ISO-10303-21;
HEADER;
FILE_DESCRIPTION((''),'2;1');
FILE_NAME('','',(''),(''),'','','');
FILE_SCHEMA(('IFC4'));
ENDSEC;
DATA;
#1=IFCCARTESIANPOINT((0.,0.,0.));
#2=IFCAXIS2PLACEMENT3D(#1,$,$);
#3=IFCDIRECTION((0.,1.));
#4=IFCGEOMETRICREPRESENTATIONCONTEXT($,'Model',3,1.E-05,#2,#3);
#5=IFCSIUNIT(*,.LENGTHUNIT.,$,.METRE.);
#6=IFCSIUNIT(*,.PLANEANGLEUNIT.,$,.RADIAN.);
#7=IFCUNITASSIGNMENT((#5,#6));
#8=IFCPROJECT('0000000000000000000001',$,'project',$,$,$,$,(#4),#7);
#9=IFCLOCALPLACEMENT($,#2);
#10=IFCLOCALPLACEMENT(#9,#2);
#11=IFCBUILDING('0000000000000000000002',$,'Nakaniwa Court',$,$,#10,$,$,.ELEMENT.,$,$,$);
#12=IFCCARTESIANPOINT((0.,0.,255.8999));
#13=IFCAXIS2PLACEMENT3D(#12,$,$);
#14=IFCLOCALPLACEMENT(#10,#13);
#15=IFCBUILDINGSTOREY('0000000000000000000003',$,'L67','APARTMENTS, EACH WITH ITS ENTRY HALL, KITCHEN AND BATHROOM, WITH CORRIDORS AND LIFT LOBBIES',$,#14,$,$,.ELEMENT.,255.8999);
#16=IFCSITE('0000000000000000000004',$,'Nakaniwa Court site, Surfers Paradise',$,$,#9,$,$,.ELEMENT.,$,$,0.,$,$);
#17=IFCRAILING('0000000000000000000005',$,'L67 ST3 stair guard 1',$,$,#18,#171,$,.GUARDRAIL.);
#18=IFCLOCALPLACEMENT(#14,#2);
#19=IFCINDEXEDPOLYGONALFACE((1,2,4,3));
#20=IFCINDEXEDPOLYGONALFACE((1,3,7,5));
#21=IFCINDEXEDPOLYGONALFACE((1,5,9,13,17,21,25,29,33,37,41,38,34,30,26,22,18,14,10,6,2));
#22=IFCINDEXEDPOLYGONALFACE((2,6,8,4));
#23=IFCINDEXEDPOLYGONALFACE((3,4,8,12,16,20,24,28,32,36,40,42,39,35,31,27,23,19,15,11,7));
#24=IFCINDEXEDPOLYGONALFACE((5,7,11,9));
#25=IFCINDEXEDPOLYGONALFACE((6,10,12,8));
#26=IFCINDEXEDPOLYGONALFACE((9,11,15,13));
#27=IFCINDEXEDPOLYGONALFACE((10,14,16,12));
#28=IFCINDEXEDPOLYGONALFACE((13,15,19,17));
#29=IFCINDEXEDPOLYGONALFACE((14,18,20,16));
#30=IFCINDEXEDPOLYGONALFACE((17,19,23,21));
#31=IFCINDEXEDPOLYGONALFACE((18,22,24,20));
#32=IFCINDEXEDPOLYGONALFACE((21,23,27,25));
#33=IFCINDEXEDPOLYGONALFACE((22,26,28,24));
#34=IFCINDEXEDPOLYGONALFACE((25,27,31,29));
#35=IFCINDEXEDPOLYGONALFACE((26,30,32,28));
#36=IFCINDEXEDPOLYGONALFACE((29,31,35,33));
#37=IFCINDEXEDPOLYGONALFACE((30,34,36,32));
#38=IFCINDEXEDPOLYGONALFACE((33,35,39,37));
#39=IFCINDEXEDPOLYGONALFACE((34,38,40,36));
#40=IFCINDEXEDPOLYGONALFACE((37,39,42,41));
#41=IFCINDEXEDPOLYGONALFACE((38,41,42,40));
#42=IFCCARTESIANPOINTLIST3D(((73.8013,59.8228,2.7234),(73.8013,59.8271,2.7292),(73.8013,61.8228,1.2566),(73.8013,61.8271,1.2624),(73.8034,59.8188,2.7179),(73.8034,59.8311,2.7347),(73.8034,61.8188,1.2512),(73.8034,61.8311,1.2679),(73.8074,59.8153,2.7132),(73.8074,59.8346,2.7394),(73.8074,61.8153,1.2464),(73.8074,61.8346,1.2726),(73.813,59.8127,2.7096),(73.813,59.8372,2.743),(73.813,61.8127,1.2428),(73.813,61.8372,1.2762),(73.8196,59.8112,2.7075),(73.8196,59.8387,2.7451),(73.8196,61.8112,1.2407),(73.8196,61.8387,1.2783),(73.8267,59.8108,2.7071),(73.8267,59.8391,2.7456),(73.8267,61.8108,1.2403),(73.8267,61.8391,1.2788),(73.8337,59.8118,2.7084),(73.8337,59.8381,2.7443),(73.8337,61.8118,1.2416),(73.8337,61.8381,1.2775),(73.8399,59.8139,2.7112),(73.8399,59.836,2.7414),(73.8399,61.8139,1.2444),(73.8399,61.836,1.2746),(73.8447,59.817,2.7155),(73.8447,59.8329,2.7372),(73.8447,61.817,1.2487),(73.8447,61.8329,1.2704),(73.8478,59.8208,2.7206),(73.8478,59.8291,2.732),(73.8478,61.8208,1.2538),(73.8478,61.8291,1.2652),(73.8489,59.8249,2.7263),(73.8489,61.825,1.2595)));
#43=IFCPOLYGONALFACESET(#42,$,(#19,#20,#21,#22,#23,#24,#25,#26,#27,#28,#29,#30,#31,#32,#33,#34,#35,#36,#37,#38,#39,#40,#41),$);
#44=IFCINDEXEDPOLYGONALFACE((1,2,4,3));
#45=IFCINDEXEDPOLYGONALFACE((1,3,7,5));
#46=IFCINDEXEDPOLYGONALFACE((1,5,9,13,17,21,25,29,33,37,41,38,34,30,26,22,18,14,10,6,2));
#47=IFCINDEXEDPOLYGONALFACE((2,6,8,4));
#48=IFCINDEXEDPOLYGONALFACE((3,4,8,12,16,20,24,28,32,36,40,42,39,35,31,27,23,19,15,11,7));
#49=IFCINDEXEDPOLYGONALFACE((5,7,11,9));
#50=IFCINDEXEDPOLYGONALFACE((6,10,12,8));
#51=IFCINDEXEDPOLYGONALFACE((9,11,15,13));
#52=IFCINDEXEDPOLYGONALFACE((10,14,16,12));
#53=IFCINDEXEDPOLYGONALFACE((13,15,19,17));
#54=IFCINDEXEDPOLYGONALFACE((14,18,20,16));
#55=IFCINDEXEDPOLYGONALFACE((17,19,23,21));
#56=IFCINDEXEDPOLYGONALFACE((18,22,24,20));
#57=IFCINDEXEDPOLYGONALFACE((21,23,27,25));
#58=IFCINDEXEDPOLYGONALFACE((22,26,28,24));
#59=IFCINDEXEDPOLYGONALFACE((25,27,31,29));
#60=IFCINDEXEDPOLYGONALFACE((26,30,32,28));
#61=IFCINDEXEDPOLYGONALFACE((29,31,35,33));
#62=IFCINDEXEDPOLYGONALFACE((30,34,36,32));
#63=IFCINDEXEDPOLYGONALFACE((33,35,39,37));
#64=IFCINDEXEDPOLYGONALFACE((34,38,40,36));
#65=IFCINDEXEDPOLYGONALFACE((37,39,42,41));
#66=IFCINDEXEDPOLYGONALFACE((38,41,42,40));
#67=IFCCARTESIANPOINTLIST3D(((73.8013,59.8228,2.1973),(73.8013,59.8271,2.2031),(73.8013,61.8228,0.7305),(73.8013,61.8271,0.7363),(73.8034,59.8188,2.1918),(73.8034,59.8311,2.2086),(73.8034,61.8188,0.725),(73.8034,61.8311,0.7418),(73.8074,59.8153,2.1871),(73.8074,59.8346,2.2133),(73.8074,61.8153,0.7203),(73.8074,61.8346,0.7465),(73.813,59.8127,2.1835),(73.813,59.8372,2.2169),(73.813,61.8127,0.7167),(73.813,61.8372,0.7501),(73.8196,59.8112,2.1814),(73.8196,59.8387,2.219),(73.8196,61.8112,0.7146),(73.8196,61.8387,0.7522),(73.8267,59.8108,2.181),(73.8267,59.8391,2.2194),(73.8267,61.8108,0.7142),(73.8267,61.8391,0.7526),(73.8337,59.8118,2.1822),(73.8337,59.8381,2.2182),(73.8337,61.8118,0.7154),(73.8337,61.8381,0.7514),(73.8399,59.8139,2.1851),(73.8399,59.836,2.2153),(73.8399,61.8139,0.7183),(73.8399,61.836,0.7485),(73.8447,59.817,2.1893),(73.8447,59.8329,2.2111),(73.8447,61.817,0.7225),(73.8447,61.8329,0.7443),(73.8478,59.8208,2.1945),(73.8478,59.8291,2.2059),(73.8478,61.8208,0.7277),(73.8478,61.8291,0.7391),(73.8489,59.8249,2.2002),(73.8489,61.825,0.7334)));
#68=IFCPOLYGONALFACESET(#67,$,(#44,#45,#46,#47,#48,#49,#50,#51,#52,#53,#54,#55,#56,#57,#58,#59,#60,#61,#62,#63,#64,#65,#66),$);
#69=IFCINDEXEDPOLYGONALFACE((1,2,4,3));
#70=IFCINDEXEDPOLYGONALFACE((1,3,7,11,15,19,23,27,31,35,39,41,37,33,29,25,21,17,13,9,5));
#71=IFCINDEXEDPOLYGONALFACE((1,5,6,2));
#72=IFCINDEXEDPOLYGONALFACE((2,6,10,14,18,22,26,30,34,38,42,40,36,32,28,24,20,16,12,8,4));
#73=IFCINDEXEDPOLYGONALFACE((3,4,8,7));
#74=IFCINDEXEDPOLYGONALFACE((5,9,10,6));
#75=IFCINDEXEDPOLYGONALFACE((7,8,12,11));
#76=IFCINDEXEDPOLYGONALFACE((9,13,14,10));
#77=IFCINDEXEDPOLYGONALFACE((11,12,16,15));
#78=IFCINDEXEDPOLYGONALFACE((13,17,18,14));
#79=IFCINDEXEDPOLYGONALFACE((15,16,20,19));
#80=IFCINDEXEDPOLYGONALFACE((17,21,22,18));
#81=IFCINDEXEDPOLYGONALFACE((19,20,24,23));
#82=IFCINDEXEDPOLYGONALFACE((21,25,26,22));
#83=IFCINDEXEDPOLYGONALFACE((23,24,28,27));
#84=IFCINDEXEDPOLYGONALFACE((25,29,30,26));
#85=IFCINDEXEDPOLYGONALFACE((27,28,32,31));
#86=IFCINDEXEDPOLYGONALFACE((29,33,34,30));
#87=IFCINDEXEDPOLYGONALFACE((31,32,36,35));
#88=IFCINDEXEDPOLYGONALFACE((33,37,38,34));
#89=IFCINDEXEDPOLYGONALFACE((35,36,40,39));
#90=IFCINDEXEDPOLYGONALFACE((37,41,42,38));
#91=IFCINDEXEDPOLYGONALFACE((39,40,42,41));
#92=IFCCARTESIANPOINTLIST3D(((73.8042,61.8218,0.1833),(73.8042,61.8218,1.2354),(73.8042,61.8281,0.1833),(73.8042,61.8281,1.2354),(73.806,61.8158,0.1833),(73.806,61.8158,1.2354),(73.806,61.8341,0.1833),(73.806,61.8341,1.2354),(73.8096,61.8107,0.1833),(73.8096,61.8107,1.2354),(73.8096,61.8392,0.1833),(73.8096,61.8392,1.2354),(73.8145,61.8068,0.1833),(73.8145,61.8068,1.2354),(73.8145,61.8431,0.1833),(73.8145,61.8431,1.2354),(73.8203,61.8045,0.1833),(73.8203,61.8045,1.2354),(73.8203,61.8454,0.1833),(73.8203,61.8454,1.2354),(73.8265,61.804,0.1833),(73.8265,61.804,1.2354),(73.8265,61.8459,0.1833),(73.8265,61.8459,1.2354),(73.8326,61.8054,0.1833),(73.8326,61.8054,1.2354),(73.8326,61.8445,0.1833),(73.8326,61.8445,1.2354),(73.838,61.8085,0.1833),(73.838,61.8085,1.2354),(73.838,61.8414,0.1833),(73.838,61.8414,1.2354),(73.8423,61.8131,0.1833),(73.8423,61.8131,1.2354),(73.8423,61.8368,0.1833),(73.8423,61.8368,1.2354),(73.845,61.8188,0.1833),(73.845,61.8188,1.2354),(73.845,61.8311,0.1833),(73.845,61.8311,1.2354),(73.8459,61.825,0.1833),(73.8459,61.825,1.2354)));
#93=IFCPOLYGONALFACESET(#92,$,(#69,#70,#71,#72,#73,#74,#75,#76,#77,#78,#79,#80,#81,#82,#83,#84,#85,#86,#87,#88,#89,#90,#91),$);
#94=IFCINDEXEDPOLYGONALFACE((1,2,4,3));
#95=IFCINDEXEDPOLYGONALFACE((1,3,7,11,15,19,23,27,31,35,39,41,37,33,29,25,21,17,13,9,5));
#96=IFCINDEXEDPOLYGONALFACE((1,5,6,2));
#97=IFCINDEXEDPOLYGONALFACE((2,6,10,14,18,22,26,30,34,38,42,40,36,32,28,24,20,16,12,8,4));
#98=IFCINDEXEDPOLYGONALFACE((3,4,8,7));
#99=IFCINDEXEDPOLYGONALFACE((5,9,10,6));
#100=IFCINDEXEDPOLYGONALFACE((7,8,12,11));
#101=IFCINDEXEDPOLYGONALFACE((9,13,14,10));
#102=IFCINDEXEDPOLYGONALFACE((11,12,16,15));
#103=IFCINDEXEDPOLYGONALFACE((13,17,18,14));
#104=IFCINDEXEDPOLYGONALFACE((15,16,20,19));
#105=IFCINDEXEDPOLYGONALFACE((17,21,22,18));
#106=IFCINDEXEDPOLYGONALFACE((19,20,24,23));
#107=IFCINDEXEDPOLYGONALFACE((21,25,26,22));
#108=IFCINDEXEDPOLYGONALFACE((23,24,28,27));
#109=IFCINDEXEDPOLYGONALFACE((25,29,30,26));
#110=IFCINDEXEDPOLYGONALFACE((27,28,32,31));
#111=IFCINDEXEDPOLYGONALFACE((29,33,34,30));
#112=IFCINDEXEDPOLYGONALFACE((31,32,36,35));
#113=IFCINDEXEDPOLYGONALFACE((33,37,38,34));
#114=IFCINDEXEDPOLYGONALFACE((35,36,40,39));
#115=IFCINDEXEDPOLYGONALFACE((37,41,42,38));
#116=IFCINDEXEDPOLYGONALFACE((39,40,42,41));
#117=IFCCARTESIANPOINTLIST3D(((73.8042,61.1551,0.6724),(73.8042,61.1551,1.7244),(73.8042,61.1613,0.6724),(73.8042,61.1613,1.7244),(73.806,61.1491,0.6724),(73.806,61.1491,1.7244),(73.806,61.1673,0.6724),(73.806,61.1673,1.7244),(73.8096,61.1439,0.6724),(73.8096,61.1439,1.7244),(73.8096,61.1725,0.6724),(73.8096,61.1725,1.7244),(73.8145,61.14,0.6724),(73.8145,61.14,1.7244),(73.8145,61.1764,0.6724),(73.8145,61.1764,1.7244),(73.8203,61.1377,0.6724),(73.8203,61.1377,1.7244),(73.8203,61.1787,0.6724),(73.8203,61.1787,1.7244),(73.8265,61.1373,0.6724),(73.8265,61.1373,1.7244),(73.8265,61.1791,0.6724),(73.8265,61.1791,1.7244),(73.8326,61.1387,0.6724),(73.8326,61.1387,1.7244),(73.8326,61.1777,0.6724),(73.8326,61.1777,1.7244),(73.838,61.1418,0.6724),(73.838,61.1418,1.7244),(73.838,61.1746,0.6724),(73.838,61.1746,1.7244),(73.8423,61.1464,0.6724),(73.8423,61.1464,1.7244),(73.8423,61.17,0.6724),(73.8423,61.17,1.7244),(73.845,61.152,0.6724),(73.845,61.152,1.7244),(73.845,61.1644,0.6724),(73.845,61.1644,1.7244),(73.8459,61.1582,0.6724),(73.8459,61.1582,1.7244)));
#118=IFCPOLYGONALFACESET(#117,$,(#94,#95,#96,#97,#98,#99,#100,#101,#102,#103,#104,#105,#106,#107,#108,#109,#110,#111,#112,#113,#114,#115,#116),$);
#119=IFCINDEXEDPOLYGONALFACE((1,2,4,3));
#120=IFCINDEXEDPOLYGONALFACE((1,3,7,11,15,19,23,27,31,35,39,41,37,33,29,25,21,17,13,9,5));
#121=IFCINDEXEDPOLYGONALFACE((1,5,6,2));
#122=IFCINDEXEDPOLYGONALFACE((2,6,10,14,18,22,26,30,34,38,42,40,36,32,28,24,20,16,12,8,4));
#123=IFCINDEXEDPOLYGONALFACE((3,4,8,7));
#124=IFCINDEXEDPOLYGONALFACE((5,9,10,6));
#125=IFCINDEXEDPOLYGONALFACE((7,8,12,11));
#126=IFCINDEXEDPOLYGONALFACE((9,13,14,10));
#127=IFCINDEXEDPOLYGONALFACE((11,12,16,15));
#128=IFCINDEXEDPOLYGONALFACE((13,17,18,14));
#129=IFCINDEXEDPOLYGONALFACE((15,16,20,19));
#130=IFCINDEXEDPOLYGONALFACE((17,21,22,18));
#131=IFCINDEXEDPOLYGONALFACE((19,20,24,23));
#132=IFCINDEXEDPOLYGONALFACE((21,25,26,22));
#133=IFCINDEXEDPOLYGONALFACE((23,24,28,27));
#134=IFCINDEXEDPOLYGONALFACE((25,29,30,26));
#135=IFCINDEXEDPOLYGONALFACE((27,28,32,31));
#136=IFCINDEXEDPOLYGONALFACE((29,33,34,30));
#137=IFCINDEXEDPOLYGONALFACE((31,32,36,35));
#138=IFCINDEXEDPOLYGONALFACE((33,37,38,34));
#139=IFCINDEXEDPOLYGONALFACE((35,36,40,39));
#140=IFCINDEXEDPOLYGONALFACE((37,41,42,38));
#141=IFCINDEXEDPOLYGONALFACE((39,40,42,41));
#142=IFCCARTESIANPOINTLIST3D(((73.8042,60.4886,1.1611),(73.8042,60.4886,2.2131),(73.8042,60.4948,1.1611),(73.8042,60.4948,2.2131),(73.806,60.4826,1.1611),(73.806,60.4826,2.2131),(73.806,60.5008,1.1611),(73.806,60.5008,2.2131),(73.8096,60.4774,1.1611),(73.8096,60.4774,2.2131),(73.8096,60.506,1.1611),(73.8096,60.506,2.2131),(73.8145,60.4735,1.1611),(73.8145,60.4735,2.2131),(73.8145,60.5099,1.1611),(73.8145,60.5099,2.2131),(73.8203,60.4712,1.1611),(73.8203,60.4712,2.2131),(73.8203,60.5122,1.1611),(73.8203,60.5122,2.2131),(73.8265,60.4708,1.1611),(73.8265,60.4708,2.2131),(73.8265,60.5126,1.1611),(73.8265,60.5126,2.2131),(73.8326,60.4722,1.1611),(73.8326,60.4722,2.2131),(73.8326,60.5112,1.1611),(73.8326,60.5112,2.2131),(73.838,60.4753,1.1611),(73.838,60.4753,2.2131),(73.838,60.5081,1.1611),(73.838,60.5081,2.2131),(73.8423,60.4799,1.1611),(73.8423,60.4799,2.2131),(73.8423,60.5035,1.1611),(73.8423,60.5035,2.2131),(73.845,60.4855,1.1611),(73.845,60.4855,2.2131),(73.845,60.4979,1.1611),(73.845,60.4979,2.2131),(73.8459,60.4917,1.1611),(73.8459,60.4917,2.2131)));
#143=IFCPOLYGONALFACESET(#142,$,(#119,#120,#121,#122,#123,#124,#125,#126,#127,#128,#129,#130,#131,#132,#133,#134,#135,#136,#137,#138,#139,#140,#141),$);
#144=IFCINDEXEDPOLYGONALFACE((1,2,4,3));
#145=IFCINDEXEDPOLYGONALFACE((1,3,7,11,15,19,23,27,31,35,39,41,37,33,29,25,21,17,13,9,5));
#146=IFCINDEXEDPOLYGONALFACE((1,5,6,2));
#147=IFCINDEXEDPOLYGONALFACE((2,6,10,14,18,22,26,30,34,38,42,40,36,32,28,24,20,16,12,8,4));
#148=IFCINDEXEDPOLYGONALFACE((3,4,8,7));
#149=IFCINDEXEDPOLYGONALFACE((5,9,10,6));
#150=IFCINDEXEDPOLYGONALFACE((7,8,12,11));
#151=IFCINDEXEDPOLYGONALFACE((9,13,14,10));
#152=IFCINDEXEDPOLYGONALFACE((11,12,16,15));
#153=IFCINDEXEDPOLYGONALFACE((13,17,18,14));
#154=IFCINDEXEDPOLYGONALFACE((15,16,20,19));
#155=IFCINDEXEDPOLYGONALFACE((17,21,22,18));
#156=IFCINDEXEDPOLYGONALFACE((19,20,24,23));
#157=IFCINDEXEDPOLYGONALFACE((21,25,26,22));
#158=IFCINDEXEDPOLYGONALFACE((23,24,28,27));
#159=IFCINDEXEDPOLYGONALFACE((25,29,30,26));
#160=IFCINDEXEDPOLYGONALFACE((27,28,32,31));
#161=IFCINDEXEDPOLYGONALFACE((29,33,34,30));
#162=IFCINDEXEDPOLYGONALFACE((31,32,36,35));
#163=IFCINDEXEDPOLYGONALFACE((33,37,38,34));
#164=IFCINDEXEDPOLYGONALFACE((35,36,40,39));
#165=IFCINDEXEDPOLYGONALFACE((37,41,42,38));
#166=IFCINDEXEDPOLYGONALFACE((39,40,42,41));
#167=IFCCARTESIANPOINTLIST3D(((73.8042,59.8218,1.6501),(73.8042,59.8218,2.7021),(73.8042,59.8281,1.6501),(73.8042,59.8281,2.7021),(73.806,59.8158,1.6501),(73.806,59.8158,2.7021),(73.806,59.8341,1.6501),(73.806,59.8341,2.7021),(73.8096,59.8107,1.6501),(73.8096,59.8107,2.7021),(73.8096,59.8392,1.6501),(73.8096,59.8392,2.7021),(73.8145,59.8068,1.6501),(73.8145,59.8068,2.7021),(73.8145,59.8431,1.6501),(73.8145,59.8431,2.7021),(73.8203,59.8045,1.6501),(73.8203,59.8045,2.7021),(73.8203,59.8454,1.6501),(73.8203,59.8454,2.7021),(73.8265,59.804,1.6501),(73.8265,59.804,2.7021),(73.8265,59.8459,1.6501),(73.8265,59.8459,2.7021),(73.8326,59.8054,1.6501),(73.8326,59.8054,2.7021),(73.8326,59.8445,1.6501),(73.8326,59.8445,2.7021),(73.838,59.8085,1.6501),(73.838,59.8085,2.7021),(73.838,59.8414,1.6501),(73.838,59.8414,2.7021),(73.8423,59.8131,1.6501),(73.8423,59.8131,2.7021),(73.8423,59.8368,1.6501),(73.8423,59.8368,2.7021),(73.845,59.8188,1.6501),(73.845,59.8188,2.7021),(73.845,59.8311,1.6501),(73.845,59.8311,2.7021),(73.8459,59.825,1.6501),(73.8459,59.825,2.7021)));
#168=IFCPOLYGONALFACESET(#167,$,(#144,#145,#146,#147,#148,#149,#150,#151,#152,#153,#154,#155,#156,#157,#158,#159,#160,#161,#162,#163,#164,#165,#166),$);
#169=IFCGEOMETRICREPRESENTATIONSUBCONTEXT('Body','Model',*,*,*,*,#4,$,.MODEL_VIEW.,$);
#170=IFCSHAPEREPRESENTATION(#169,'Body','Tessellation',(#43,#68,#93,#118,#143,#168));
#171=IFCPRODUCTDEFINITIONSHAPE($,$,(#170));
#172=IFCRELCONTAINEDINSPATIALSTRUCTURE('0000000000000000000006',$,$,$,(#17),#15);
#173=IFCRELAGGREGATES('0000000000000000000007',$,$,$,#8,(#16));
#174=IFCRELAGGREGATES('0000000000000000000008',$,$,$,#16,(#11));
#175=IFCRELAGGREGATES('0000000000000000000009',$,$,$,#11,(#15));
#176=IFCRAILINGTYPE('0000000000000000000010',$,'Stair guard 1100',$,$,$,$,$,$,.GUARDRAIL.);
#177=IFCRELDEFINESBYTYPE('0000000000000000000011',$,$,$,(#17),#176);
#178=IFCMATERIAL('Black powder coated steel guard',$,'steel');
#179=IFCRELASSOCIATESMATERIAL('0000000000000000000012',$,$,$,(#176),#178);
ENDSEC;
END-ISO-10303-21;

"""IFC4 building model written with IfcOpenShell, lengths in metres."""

from ifc_helpers import new_model, si_unit, direction, frame, origin, origin_2d, place, context, subcontext, project, spatial, circle, extrude, material, type_object, element, save


model = new_model("IFC4")

# Units and contexts
model_context = context("Model", 3, precision=1e-05, world=origin(), true_north=direction((0.0, 1.0)))
body_context = subcontext(model_context, "Body", "Model", "MODEL_VIEW")
ifc_project = project(units=[si_unit("LENGTHUNIT", "METRE"), si_unit("PLANEANGLEUNIT", "RADIAN")], contexts=[model_context])

# Site, building, storey
site_placement = place(None, origin())
site = spatial("IfcSite", under=ifc_project, at=site_placement, Name="Nakaniwa Court site, Surfers Paradise", CompositionType="ELEMENT", RefElevation=0.0)
building_placement = place(site_placement, origin())
building = spatial("IfcBuilding", under=site, at=building_placement, Name="Nakaniwa Court", CompositionType="ELEMENT")
storey_placement = place(building_placement, frame((0.0, 0.0, 255.8999)))
storey = spatial("IfcBuildingStorey", under=building, at=storey_placement, Name="L67", Description="APARTMENTS, EACH WITH ITS ENTRY HALL, KITCHEN AND BATHROOM, WITH CORRIDORS AND LIFT LOBBIES", CompositionType="ELEMENT", Elevation=255.8999)

# Railing
ifc_material_1 = material(Name="Black powder coated steel guard", Category="steel")
railing_type_1 = type_object("IfcRailingType", Name="Stair guard 1100", PredefinedType="GUARDRAIL", material=ifc_material_1)
railing_1_placement = place(storey_placement, frame((73.825, 61.825, 0.1833)))
element("IfcRailing", 1, at=railing_1_placement, inside=storey, type_object=railing_type_1, Name="L67 ST3 stair guard 1", PredefinedType="GUARDRAIL", context=body_context, shape_type="SweptSolid", body=[
    extrude(circle(Radius=0.0239, at=origin_2d()), frame((0.0, 0.0, 1.0762), z_axis=(0.0, -0.80638, 0.591398), x_axis=(1.0, 0.0, 0.0)), (0.0, 0.0, 1.0), 2.4802),
    extrude(circle(Radius=0.0239, at=origin_2d()), frame((0.0, 0.0, 0.55), z_axis=(0.0, -0.80638, 0.591398), x_axis=(1.0, 0.0, 0.0)), (0.0, 0.0, 1.0), 2.4802),
    extrude(circle(Radius=0.021, at=origin_2d()), origin(), (0.0, 0.0, 1.0), 1.052),
    extrude(circle(Radius=0.021, at=origin_2d()), frame((0.0, -0.6667, 0.489)), (0.0, 0.0, 1.0), 1.052),
    extrude(circle(Radius=0.021, at=origin_2d()), frame((0.0, -1.3333, 0.9778)), (0.0, 0.0, 1.0), 1.052),
    extrude(circle(Radius=0.021, at=origin_2d()), frame((0.0, -2.0, 1.4668)), (0.0, 0.0, 1.0), 1.052),
])

save(model, "model.ifc")
